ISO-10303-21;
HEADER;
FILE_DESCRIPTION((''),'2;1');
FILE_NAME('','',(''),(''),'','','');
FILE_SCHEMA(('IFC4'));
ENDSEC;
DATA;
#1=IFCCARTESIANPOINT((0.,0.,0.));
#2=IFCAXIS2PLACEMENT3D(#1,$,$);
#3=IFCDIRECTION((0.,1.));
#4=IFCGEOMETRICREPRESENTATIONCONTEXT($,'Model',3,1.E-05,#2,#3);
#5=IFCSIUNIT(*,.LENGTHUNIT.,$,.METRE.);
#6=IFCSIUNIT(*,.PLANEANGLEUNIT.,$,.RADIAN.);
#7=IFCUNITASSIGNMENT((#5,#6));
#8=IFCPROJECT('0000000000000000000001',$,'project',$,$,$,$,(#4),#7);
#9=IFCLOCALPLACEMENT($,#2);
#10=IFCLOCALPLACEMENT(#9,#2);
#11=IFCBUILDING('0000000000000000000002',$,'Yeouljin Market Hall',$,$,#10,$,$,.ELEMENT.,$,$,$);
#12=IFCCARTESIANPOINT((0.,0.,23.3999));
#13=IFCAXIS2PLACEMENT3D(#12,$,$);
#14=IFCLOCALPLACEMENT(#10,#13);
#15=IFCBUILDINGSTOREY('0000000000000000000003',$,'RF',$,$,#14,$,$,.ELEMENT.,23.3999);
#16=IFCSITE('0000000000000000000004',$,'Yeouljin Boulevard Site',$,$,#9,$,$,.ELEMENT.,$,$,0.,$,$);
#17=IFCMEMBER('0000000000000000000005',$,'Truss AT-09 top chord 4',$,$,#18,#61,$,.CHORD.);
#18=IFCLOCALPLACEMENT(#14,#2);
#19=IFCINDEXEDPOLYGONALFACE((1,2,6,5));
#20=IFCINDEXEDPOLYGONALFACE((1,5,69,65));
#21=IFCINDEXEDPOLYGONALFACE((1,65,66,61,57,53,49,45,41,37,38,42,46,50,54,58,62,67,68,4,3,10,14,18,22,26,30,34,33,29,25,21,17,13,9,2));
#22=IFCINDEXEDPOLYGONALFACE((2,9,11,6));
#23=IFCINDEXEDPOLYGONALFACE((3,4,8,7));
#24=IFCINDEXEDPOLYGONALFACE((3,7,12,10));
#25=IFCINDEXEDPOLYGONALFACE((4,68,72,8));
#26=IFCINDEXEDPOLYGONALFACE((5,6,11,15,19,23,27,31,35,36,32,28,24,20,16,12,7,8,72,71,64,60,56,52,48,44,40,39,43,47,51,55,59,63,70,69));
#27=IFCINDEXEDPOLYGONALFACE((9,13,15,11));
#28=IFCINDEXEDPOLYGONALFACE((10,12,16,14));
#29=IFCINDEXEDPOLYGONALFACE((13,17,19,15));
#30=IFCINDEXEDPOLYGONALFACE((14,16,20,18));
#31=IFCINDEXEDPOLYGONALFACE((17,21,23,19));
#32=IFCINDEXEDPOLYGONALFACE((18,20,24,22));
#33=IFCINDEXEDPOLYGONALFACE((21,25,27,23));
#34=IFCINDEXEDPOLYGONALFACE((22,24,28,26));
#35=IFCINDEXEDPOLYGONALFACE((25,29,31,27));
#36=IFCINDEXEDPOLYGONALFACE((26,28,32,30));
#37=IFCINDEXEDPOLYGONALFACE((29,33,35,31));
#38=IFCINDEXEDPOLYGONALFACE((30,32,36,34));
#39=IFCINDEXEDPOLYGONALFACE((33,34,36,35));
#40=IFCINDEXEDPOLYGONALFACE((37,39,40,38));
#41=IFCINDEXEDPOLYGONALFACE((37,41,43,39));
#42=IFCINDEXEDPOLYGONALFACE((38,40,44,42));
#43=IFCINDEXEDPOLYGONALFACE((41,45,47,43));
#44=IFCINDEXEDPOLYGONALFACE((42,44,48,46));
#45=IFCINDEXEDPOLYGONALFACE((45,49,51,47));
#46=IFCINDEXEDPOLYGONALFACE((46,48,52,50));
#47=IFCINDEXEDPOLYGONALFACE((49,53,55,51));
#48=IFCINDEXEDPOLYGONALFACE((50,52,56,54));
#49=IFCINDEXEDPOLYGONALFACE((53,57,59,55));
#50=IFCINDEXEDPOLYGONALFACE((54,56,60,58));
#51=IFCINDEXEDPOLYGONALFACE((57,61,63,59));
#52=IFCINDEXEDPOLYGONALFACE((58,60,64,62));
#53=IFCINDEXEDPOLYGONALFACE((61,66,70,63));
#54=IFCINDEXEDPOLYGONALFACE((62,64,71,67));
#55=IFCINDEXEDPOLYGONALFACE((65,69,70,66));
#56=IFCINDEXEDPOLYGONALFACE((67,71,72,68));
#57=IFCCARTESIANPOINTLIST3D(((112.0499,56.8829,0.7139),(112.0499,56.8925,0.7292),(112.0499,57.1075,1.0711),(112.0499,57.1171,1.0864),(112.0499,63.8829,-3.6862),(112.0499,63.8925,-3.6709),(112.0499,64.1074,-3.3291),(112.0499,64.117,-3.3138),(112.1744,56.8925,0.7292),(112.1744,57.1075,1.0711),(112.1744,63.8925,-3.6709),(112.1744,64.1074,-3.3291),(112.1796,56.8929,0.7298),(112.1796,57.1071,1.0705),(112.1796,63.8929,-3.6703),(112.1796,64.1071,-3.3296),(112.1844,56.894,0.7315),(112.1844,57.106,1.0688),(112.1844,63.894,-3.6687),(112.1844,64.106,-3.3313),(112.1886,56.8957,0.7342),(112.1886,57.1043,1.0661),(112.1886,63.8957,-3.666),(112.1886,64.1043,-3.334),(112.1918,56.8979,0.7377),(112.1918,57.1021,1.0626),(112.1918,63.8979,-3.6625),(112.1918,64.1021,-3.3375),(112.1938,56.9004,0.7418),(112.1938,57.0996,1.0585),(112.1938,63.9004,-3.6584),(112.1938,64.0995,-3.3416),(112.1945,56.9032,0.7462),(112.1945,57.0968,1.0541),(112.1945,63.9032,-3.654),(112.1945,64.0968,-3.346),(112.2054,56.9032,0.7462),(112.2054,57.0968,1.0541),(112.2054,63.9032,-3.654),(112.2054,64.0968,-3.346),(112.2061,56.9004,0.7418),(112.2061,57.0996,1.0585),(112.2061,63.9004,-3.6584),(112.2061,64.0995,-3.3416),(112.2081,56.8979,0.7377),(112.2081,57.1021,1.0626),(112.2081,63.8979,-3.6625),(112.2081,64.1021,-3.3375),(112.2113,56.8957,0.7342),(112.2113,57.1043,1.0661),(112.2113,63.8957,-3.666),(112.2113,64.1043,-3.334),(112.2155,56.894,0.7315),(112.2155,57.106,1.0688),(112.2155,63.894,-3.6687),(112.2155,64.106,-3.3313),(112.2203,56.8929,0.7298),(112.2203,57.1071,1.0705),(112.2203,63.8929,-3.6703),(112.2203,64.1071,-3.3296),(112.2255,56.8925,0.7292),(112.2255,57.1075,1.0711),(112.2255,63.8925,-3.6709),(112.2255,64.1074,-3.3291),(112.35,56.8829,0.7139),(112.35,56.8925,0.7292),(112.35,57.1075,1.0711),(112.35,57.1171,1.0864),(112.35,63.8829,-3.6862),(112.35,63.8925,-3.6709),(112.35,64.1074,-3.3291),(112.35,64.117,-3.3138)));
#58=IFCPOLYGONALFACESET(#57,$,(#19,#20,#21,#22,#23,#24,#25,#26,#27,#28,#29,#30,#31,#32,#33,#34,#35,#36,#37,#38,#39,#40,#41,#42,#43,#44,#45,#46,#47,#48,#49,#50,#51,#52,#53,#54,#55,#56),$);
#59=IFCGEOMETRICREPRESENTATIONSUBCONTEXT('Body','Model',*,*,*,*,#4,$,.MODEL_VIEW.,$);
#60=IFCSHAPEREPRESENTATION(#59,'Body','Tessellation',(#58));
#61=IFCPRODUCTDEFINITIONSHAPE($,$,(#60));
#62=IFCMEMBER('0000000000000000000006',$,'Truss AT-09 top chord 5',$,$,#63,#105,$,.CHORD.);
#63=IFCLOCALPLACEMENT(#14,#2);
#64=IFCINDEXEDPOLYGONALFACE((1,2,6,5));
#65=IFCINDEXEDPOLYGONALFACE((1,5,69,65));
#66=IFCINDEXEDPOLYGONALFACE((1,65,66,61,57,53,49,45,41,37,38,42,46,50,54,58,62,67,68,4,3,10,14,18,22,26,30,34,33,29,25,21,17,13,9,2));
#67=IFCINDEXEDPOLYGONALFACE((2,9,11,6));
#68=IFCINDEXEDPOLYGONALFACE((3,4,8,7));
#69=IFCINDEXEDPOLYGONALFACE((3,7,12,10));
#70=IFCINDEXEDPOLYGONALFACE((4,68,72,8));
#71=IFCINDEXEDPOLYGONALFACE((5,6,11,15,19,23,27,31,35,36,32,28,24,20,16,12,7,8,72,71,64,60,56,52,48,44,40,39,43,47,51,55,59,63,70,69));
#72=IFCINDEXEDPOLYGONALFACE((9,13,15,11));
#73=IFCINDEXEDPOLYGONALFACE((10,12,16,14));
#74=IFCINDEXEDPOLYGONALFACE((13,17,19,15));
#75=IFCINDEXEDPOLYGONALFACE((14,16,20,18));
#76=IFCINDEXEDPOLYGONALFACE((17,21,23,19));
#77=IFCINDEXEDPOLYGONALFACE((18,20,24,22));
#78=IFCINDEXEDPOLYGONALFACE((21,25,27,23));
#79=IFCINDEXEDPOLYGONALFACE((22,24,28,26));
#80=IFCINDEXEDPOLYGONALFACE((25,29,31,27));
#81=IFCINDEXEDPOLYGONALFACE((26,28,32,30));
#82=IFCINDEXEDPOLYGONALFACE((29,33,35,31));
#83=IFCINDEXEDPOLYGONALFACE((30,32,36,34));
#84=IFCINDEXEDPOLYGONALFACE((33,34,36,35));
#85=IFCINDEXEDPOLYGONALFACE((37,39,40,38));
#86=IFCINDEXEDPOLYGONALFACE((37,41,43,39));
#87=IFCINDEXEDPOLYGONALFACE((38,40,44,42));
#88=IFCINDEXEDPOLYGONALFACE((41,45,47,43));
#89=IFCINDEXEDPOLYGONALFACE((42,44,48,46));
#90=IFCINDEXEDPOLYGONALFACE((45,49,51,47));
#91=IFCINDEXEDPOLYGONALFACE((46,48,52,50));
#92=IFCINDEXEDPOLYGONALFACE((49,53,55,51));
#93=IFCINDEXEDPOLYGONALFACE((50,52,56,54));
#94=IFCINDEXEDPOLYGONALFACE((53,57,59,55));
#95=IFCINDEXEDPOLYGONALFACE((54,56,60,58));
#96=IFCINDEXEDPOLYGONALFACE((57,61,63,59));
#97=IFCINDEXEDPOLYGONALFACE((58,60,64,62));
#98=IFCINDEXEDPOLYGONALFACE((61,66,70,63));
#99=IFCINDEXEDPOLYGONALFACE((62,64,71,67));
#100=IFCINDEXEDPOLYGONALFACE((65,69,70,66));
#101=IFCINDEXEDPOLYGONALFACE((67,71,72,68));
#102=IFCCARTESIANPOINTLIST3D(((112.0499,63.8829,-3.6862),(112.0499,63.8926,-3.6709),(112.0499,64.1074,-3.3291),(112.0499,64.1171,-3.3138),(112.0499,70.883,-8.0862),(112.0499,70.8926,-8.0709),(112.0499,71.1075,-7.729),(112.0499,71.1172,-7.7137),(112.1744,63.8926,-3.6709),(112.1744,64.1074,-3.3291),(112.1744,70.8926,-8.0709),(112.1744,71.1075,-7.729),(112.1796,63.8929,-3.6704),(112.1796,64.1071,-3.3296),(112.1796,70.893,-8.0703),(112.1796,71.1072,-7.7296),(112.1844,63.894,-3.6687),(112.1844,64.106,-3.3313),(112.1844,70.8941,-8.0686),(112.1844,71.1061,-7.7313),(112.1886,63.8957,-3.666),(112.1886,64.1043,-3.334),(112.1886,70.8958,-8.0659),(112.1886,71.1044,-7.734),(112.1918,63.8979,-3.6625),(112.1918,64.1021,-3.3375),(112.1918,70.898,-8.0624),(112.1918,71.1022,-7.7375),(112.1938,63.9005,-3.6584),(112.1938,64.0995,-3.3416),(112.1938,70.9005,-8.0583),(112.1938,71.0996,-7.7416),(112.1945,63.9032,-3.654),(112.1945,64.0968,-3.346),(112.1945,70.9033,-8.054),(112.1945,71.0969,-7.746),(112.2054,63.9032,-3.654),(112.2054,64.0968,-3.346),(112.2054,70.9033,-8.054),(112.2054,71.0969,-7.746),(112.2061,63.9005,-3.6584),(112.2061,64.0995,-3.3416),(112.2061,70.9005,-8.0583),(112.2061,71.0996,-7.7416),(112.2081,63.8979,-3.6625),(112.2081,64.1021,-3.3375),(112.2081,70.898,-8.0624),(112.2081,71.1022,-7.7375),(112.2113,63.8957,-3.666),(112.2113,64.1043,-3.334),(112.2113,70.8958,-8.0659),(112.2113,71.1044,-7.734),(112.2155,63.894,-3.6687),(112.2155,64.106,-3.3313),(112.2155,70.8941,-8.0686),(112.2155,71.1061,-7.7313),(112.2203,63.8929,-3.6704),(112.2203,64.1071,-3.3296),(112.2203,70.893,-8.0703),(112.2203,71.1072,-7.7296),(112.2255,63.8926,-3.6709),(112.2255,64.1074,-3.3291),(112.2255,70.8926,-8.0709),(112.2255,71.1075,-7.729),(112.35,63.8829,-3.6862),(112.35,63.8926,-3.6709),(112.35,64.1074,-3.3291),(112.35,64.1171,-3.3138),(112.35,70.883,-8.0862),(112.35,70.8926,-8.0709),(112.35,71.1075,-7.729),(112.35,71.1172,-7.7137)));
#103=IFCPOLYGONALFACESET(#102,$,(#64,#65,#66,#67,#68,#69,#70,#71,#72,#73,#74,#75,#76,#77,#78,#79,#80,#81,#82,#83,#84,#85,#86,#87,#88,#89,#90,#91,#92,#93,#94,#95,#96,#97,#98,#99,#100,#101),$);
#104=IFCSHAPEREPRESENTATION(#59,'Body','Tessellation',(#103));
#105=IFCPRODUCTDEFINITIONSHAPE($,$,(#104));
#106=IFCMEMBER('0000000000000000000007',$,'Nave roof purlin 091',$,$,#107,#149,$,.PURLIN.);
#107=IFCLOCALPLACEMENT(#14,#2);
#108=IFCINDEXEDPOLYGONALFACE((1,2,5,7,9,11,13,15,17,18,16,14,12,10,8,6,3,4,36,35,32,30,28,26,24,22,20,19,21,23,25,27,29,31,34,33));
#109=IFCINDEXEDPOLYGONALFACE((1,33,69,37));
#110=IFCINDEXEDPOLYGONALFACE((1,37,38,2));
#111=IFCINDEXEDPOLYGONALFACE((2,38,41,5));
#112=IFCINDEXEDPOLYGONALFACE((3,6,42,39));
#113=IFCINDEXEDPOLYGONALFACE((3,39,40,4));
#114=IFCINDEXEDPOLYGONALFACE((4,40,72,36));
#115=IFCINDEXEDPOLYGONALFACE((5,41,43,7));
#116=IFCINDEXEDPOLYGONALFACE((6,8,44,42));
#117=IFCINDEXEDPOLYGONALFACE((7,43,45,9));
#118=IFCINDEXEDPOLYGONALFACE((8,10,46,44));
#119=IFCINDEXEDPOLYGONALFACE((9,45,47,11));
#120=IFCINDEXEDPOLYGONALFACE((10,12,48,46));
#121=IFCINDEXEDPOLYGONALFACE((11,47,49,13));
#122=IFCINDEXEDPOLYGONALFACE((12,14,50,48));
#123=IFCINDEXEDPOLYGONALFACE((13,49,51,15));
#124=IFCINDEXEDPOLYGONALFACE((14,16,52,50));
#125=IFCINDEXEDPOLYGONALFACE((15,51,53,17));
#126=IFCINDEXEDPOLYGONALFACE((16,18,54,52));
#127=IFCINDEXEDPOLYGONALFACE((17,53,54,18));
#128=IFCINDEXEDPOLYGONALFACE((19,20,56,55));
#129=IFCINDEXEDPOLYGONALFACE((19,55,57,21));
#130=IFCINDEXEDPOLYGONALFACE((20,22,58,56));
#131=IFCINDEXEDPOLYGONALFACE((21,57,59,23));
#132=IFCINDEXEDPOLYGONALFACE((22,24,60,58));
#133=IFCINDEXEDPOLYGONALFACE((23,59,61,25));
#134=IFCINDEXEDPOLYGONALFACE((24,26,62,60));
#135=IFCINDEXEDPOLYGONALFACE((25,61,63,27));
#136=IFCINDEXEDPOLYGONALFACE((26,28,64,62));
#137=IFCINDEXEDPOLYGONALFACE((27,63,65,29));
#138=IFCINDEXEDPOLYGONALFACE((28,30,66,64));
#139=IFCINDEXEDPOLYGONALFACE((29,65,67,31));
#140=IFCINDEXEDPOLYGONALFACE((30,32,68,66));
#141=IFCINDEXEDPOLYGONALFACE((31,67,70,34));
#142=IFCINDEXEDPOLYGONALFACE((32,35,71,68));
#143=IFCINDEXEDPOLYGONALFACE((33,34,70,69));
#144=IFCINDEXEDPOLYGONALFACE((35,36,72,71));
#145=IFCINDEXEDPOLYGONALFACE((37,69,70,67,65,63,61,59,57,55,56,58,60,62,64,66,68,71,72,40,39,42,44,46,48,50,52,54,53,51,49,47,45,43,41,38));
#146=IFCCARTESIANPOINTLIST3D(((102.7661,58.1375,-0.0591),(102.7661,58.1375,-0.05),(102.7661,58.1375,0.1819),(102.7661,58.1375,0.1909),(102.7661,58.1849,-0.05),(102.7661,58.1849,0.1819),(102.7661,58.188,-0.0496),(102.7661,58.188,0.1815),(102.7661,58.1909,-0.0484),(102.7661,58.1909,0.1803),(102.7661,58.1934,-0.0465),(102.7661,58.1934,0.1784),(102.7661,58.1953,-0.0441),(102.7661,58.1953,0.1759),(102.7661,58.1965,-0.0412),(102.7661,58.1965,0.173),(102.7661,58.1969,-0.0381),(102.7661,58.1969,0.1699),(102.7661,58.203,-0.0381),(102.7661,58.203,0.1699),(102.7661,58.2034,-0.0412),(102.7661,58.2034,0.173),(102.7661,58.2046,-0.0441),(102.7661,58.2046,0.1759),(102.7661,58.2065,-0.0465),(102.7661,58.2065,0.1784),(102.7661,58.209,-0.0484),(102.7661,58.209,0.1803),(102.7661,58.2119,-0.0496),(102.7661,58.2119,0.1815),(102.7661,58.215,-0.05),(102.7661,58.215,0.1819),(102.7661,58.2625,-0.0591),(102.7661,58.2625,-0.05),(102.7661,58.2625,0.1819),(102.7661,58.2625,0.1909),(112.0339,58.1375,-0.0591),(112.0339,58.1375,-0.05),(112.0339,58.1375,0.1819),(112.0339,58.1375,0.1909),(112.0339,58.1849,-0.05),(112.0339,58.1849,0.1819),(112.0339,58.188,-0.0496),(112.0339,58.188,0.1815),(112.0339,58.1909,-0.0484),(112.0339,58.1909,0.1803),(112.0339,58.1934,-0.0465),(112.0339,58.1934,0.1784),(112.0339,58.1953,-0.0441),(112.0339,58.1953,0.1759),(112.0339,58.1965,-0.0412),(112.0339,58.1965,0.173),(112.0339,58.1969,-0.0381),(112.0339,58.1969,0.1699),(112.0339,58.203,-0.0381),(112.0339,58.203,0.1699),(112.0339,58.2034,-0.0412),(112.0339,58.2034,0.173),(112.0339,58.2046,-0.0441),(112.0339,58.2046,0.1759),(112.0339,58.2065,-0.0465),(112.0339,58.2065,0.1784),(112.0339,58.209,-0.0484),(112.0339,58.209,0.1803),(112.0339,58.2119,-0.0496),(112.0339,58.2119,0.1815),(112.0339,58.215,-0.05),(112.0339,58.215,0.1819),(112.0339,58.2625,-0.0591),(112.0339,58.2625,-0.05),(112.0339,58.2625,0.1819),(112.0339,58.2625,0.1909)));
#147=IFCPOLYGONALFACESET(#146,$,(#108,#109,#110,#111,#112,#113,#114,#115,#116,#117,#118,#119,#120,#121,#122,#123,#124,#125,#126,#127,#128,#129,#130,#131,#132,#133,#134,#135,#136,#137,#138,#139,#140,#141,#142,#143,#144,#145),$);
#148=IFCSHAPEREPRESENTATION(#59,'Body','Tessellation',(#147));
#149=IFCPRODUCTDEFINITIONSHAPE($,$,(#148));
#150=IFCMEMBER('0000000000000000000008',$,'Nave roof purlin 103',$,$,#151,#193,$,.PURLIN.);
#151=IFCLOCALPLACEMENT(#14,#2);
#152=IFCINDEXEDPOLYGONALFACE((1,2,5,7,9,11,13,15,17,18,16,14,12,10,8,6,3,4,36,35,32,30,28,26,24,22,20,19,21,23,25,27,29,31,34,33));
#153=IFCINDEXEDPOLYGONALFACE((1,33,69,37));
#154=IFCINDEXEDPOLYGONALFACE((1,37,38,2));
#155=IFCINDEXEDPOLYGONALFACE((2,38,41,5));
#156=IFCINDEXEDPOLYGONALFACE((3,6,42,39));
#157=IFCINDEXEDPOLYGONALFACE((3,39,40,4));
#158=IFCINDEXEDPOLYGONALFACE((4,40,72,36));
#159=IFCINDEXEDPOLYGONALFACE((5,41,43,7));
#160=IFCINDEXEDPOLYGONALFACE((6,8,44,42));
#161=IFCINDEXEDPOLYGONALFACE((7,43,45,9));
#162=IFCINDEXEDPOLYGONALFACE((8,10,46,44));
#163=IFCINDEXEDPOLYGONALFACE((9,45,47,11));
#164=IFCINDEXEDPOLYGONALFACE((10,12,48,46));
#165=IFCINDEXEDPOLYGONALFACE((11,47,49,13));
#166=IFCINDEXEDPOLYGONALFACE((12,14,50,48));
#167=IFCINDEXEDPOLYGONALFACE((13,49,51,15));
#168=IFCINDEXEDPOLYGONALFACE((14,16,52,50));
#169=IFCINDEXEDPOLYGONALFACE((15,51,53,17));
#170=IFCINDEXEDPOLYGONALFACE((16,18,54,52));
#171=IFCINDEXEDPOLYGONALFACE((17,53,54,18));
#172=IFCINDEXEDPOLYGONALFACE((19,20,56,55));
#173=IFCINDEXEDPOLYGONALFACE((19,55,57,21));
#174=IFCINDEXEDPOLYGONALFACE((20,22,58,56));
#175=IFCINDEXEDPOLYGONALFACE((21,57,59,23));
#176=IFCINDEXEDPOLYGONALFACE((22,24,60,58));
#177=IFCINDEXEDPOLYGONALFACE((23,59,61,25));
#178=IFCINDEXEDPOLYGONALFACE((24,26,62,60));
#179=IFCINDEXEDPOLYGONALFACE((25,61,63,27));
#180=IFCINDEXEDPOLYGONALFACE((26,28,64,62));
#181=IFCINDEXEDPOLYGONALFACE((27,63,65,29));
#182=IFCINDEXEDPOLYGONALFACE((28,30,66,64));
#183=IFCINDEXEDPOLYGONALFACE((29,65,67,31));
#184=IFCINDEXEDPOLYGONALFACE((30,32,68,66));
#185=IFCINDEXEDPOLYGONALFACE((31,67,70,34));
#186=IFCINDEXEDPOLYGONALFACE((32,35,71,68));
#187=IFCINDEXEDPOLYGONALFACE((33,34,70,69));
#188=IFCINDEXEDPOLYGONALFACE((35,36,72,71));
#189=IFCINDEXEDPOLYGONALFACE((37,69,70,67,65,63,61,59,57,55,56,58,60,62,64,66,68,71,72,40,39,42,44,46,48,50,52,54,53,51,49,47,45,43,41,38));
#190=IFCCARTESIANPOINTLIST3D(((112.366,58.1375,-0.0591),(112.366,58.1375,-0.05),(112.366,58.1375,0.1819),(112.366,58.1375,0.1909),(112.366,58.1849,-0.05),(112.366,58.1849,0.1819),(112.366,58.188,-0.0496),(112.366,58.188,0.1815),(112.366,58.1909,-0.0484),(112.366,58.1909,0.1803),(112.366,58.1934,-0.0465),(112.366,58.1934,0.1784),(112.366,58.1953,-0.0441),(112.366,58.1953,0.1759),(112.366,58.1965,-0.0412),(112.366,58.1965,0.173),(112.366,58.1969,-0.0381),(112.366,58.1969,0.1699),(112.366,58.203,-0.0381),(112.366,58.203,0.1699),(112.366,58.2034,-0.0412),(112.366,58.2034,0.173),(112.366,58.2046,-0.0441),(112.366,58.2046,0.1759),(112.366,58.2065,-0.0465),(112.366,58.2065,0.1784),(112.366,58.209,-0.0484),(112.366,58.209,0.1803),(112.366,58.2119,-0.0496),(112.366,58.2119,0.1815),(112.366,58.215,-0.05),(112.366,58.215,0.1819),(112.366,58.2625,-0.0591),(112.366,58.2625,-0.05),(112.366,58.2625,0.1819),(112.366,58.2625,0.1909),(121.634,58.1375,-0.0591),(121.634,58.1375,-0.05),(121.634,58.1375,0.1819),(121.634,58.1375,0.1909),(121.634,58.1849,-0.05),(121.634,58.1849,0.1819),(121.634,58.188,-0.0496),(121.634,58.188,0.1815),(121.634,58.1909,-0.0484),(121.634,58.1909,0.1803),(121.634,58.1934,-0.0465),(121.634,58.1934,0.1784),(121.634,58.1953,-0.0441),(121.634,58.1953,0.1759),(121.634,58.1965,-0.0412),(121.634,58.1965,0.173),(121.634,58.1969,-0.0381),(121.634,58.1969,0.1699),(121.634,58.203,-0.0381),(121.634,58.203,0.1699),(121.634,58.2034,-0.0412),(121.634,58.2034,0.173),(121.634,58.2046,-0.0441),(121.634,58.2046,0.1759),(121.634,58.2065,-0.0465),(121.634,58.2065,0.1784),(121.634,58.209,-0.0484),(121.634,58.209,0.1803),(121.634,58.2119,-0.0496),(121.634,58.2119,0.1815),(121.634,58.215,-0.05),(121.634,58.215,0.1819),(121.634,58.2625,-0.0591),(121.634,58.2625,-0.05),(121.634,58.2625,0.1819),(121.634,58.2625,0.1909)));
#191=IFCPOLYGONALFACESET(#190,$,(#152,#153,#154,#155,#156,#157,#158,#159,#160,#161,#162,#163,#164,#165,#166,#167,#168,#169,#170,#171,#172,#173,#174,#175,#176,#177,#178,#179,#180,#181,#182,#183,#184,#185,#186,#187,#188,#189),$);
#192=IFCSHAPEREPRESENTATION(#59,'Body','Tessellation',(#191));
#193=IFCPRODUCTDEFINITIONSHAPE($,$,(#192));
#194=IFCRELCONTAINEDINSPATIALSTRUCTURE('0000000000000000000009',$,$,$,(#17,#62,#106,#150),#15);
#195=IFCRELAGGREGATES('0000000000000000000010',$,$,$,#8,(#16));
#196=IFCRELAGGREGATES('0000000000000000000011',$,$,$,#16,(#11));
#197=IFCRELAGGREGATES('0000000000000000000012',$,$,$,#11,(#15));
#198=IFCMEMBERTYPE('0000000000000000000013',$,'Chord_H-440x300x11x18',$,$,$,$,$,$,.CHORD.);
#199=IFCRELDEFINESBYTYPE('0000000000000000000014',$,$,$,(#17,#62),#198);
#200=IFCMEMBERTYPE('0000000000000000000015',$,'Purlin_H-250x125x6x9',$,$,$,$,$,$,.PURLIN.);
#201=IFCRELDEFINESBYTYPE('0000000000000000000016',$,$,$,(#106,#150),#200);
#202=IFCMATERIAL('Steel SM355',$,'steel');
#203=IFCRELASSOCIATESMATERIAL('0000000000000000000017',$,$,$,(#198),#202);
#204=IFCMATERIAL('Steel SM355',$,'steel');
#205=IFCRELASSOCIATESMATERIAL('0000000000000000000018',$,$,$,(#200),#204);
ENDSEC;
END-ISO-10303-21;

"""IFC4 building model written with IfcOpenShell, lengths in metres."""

from ifc_helpers import new_model, si_unit, direction, frame, origin, origin_2d, place, context, subcontext, project, spatial, i_section, extrude, material, material_profile, profile_set, type_object, element, save


model = new_model("IFC4")

# Units and contexts
model_context = context("Model", 3, precision=1e-05, world=origin(), true_north=direction((0.0, 1.0)))
body_context = subcontext(model_context, "Body", "Model", "MODEL_VIEW")
ifc_project = project(units=[si_unit("LENGTHUNIT", "METRE"), si_unit("PLANEANGLEUNIT", "RADIAN")], contexts=[model_context])

# Site, building, storey
site_placement = place(None, origin())
site = spatial("IfcSite", under=ifc_project, at=site_placement, Name="Yeouljin Boulevard Site", CompositionType="ELEMENT", RefElevation=0.0)
building_placement = place(site_placement, origin())
building = spatial("IfcBuilding", under=site, at=building_placement, Name="Yeouljin Market Hall", CompositionType="ELEMENT")
storey_placement = place(building_placement, frame((0.0, 0.0, 23.3999)))
storey = spatial("IfcBuildingStorey", under=building, at=storey_placement, Name="RF", CompositionType="ELEMENT", Elevation=23.3999)

# Members
ifc_material_1 = material(Name="Steel SM355", Category="steel")
ifc_material_profile_1 = material_profile(ifc_material_1, i_section(OverallWidth=0.3, OverallDepth=0.4399, WebThickness=0.011, FlangeThickness=0.0181, FilletRadius=0.02, at=origin_2d()), Name="H-440x300x11x18")
ifc_profile_set_1 = profile_set([ifc_material_profile_1], Name="Steel SM355")
member_type_1 = type_object("IfcMemberType", Name="Chord_H-440x300x11x18", PredefinedType="CHORD", material=ifc_profile_set_1)
for number, where, z_axis, x_axis, name in (
    (1, (112.2, 57.0, 0.9001), (0.0, 0.846629, -0.532184), (-1.0, 0.0, 0.0), "Truss AT-09 top chord 4"),
    (2, (112.2, 64.0, -3.5), (0.0, 0.846642, -0.532163), (-1.0, 0.0, 0.0), "Truss AT-09 top chord 5"),
):
    element("IfcMember", number, at=place(storey_placement, frame(where, z_axis=z_axis, x_axis=x_axis)), inside=storey, type_object=member_type_1, Name=name, PredefinedType="CHORD", context=body_context, shape_type="SweptSolid", body=[
        extrude(i_section(OverallWidth=0.3, OverallDepth=0.4399, WebThickness=0.011, FlangeThickness=0.0181, FilletRadius=0.02, at=origin_2d()), origin(), (0.0, 0.0, 1.0), 8.2681),
    ])
ifc_material_2 = material(Name="Steel SM355", Category="steel")
ifc_material_profile_2 = material_profile(ifc_material_2, i_section(OverallWidth=0.125, OverallDepth=0.25, WebThickness=0.0061, FlangeThickness=0.009, FilletRadius=0.012, at=origin_2d()), Name="H-250x125x6x9")
ifc_profile_set_2 = profile_set([ifc_material_profile_2], Name="Steel SM355")
member_type_2 = type_object("IfcMemberType", Name="Purlin_H-250x125x6x9", PredefinedType="PURLIN", material=ifc_profile_set_2)
member_1_placement = place(storey_placement, frame((102.7661, 58.2, 0.0659), z_axis=(1.0, 0.0, 0.0), x_axis=(0.0, 1.0, 0.0)))
element("IfcMember", 3, at=member_1_placement, inside=storey, type_object=member_type_2, Name="Nave roof purlin 091", PredefinedType="PURLIN", context=body_context, shape_type="SweptSolid", body=[
    extrude(i_section(OverallWidth=0.125, OverallDepth=0.25, WebThickness=0.0061, FlangeThickness=0.009, FilletRadius=0.012, at=origin_2d()), origin(), (0.0, 0.0, 1.0), 9.2678),
])
member_2_placement = place(storey_placement, frame((112.366, 58.2, 0.0659), z_axis=(1.0, 0.0, 0.0), x_axis=(0.0, 1.0, 0.0)))
element("IfcMember", 4, at=member_2_placement, inside=storey, type_object=member_type_2, Name="Nave roof purlin 103", PredefinedType="PURLIN", context=body_context, shape_type="SweptSolid", body=[
    extrude(i_section(OverallWidth=0.125, OverallDepth=0.25, WebThickness=0.0061, FlangeThickness=0.009, FilletRadius=0.012, at=origin_2d()), origin(), (0.0, 0.0, 1.0), 9.2681),
])

save(model, "model.ifc")
